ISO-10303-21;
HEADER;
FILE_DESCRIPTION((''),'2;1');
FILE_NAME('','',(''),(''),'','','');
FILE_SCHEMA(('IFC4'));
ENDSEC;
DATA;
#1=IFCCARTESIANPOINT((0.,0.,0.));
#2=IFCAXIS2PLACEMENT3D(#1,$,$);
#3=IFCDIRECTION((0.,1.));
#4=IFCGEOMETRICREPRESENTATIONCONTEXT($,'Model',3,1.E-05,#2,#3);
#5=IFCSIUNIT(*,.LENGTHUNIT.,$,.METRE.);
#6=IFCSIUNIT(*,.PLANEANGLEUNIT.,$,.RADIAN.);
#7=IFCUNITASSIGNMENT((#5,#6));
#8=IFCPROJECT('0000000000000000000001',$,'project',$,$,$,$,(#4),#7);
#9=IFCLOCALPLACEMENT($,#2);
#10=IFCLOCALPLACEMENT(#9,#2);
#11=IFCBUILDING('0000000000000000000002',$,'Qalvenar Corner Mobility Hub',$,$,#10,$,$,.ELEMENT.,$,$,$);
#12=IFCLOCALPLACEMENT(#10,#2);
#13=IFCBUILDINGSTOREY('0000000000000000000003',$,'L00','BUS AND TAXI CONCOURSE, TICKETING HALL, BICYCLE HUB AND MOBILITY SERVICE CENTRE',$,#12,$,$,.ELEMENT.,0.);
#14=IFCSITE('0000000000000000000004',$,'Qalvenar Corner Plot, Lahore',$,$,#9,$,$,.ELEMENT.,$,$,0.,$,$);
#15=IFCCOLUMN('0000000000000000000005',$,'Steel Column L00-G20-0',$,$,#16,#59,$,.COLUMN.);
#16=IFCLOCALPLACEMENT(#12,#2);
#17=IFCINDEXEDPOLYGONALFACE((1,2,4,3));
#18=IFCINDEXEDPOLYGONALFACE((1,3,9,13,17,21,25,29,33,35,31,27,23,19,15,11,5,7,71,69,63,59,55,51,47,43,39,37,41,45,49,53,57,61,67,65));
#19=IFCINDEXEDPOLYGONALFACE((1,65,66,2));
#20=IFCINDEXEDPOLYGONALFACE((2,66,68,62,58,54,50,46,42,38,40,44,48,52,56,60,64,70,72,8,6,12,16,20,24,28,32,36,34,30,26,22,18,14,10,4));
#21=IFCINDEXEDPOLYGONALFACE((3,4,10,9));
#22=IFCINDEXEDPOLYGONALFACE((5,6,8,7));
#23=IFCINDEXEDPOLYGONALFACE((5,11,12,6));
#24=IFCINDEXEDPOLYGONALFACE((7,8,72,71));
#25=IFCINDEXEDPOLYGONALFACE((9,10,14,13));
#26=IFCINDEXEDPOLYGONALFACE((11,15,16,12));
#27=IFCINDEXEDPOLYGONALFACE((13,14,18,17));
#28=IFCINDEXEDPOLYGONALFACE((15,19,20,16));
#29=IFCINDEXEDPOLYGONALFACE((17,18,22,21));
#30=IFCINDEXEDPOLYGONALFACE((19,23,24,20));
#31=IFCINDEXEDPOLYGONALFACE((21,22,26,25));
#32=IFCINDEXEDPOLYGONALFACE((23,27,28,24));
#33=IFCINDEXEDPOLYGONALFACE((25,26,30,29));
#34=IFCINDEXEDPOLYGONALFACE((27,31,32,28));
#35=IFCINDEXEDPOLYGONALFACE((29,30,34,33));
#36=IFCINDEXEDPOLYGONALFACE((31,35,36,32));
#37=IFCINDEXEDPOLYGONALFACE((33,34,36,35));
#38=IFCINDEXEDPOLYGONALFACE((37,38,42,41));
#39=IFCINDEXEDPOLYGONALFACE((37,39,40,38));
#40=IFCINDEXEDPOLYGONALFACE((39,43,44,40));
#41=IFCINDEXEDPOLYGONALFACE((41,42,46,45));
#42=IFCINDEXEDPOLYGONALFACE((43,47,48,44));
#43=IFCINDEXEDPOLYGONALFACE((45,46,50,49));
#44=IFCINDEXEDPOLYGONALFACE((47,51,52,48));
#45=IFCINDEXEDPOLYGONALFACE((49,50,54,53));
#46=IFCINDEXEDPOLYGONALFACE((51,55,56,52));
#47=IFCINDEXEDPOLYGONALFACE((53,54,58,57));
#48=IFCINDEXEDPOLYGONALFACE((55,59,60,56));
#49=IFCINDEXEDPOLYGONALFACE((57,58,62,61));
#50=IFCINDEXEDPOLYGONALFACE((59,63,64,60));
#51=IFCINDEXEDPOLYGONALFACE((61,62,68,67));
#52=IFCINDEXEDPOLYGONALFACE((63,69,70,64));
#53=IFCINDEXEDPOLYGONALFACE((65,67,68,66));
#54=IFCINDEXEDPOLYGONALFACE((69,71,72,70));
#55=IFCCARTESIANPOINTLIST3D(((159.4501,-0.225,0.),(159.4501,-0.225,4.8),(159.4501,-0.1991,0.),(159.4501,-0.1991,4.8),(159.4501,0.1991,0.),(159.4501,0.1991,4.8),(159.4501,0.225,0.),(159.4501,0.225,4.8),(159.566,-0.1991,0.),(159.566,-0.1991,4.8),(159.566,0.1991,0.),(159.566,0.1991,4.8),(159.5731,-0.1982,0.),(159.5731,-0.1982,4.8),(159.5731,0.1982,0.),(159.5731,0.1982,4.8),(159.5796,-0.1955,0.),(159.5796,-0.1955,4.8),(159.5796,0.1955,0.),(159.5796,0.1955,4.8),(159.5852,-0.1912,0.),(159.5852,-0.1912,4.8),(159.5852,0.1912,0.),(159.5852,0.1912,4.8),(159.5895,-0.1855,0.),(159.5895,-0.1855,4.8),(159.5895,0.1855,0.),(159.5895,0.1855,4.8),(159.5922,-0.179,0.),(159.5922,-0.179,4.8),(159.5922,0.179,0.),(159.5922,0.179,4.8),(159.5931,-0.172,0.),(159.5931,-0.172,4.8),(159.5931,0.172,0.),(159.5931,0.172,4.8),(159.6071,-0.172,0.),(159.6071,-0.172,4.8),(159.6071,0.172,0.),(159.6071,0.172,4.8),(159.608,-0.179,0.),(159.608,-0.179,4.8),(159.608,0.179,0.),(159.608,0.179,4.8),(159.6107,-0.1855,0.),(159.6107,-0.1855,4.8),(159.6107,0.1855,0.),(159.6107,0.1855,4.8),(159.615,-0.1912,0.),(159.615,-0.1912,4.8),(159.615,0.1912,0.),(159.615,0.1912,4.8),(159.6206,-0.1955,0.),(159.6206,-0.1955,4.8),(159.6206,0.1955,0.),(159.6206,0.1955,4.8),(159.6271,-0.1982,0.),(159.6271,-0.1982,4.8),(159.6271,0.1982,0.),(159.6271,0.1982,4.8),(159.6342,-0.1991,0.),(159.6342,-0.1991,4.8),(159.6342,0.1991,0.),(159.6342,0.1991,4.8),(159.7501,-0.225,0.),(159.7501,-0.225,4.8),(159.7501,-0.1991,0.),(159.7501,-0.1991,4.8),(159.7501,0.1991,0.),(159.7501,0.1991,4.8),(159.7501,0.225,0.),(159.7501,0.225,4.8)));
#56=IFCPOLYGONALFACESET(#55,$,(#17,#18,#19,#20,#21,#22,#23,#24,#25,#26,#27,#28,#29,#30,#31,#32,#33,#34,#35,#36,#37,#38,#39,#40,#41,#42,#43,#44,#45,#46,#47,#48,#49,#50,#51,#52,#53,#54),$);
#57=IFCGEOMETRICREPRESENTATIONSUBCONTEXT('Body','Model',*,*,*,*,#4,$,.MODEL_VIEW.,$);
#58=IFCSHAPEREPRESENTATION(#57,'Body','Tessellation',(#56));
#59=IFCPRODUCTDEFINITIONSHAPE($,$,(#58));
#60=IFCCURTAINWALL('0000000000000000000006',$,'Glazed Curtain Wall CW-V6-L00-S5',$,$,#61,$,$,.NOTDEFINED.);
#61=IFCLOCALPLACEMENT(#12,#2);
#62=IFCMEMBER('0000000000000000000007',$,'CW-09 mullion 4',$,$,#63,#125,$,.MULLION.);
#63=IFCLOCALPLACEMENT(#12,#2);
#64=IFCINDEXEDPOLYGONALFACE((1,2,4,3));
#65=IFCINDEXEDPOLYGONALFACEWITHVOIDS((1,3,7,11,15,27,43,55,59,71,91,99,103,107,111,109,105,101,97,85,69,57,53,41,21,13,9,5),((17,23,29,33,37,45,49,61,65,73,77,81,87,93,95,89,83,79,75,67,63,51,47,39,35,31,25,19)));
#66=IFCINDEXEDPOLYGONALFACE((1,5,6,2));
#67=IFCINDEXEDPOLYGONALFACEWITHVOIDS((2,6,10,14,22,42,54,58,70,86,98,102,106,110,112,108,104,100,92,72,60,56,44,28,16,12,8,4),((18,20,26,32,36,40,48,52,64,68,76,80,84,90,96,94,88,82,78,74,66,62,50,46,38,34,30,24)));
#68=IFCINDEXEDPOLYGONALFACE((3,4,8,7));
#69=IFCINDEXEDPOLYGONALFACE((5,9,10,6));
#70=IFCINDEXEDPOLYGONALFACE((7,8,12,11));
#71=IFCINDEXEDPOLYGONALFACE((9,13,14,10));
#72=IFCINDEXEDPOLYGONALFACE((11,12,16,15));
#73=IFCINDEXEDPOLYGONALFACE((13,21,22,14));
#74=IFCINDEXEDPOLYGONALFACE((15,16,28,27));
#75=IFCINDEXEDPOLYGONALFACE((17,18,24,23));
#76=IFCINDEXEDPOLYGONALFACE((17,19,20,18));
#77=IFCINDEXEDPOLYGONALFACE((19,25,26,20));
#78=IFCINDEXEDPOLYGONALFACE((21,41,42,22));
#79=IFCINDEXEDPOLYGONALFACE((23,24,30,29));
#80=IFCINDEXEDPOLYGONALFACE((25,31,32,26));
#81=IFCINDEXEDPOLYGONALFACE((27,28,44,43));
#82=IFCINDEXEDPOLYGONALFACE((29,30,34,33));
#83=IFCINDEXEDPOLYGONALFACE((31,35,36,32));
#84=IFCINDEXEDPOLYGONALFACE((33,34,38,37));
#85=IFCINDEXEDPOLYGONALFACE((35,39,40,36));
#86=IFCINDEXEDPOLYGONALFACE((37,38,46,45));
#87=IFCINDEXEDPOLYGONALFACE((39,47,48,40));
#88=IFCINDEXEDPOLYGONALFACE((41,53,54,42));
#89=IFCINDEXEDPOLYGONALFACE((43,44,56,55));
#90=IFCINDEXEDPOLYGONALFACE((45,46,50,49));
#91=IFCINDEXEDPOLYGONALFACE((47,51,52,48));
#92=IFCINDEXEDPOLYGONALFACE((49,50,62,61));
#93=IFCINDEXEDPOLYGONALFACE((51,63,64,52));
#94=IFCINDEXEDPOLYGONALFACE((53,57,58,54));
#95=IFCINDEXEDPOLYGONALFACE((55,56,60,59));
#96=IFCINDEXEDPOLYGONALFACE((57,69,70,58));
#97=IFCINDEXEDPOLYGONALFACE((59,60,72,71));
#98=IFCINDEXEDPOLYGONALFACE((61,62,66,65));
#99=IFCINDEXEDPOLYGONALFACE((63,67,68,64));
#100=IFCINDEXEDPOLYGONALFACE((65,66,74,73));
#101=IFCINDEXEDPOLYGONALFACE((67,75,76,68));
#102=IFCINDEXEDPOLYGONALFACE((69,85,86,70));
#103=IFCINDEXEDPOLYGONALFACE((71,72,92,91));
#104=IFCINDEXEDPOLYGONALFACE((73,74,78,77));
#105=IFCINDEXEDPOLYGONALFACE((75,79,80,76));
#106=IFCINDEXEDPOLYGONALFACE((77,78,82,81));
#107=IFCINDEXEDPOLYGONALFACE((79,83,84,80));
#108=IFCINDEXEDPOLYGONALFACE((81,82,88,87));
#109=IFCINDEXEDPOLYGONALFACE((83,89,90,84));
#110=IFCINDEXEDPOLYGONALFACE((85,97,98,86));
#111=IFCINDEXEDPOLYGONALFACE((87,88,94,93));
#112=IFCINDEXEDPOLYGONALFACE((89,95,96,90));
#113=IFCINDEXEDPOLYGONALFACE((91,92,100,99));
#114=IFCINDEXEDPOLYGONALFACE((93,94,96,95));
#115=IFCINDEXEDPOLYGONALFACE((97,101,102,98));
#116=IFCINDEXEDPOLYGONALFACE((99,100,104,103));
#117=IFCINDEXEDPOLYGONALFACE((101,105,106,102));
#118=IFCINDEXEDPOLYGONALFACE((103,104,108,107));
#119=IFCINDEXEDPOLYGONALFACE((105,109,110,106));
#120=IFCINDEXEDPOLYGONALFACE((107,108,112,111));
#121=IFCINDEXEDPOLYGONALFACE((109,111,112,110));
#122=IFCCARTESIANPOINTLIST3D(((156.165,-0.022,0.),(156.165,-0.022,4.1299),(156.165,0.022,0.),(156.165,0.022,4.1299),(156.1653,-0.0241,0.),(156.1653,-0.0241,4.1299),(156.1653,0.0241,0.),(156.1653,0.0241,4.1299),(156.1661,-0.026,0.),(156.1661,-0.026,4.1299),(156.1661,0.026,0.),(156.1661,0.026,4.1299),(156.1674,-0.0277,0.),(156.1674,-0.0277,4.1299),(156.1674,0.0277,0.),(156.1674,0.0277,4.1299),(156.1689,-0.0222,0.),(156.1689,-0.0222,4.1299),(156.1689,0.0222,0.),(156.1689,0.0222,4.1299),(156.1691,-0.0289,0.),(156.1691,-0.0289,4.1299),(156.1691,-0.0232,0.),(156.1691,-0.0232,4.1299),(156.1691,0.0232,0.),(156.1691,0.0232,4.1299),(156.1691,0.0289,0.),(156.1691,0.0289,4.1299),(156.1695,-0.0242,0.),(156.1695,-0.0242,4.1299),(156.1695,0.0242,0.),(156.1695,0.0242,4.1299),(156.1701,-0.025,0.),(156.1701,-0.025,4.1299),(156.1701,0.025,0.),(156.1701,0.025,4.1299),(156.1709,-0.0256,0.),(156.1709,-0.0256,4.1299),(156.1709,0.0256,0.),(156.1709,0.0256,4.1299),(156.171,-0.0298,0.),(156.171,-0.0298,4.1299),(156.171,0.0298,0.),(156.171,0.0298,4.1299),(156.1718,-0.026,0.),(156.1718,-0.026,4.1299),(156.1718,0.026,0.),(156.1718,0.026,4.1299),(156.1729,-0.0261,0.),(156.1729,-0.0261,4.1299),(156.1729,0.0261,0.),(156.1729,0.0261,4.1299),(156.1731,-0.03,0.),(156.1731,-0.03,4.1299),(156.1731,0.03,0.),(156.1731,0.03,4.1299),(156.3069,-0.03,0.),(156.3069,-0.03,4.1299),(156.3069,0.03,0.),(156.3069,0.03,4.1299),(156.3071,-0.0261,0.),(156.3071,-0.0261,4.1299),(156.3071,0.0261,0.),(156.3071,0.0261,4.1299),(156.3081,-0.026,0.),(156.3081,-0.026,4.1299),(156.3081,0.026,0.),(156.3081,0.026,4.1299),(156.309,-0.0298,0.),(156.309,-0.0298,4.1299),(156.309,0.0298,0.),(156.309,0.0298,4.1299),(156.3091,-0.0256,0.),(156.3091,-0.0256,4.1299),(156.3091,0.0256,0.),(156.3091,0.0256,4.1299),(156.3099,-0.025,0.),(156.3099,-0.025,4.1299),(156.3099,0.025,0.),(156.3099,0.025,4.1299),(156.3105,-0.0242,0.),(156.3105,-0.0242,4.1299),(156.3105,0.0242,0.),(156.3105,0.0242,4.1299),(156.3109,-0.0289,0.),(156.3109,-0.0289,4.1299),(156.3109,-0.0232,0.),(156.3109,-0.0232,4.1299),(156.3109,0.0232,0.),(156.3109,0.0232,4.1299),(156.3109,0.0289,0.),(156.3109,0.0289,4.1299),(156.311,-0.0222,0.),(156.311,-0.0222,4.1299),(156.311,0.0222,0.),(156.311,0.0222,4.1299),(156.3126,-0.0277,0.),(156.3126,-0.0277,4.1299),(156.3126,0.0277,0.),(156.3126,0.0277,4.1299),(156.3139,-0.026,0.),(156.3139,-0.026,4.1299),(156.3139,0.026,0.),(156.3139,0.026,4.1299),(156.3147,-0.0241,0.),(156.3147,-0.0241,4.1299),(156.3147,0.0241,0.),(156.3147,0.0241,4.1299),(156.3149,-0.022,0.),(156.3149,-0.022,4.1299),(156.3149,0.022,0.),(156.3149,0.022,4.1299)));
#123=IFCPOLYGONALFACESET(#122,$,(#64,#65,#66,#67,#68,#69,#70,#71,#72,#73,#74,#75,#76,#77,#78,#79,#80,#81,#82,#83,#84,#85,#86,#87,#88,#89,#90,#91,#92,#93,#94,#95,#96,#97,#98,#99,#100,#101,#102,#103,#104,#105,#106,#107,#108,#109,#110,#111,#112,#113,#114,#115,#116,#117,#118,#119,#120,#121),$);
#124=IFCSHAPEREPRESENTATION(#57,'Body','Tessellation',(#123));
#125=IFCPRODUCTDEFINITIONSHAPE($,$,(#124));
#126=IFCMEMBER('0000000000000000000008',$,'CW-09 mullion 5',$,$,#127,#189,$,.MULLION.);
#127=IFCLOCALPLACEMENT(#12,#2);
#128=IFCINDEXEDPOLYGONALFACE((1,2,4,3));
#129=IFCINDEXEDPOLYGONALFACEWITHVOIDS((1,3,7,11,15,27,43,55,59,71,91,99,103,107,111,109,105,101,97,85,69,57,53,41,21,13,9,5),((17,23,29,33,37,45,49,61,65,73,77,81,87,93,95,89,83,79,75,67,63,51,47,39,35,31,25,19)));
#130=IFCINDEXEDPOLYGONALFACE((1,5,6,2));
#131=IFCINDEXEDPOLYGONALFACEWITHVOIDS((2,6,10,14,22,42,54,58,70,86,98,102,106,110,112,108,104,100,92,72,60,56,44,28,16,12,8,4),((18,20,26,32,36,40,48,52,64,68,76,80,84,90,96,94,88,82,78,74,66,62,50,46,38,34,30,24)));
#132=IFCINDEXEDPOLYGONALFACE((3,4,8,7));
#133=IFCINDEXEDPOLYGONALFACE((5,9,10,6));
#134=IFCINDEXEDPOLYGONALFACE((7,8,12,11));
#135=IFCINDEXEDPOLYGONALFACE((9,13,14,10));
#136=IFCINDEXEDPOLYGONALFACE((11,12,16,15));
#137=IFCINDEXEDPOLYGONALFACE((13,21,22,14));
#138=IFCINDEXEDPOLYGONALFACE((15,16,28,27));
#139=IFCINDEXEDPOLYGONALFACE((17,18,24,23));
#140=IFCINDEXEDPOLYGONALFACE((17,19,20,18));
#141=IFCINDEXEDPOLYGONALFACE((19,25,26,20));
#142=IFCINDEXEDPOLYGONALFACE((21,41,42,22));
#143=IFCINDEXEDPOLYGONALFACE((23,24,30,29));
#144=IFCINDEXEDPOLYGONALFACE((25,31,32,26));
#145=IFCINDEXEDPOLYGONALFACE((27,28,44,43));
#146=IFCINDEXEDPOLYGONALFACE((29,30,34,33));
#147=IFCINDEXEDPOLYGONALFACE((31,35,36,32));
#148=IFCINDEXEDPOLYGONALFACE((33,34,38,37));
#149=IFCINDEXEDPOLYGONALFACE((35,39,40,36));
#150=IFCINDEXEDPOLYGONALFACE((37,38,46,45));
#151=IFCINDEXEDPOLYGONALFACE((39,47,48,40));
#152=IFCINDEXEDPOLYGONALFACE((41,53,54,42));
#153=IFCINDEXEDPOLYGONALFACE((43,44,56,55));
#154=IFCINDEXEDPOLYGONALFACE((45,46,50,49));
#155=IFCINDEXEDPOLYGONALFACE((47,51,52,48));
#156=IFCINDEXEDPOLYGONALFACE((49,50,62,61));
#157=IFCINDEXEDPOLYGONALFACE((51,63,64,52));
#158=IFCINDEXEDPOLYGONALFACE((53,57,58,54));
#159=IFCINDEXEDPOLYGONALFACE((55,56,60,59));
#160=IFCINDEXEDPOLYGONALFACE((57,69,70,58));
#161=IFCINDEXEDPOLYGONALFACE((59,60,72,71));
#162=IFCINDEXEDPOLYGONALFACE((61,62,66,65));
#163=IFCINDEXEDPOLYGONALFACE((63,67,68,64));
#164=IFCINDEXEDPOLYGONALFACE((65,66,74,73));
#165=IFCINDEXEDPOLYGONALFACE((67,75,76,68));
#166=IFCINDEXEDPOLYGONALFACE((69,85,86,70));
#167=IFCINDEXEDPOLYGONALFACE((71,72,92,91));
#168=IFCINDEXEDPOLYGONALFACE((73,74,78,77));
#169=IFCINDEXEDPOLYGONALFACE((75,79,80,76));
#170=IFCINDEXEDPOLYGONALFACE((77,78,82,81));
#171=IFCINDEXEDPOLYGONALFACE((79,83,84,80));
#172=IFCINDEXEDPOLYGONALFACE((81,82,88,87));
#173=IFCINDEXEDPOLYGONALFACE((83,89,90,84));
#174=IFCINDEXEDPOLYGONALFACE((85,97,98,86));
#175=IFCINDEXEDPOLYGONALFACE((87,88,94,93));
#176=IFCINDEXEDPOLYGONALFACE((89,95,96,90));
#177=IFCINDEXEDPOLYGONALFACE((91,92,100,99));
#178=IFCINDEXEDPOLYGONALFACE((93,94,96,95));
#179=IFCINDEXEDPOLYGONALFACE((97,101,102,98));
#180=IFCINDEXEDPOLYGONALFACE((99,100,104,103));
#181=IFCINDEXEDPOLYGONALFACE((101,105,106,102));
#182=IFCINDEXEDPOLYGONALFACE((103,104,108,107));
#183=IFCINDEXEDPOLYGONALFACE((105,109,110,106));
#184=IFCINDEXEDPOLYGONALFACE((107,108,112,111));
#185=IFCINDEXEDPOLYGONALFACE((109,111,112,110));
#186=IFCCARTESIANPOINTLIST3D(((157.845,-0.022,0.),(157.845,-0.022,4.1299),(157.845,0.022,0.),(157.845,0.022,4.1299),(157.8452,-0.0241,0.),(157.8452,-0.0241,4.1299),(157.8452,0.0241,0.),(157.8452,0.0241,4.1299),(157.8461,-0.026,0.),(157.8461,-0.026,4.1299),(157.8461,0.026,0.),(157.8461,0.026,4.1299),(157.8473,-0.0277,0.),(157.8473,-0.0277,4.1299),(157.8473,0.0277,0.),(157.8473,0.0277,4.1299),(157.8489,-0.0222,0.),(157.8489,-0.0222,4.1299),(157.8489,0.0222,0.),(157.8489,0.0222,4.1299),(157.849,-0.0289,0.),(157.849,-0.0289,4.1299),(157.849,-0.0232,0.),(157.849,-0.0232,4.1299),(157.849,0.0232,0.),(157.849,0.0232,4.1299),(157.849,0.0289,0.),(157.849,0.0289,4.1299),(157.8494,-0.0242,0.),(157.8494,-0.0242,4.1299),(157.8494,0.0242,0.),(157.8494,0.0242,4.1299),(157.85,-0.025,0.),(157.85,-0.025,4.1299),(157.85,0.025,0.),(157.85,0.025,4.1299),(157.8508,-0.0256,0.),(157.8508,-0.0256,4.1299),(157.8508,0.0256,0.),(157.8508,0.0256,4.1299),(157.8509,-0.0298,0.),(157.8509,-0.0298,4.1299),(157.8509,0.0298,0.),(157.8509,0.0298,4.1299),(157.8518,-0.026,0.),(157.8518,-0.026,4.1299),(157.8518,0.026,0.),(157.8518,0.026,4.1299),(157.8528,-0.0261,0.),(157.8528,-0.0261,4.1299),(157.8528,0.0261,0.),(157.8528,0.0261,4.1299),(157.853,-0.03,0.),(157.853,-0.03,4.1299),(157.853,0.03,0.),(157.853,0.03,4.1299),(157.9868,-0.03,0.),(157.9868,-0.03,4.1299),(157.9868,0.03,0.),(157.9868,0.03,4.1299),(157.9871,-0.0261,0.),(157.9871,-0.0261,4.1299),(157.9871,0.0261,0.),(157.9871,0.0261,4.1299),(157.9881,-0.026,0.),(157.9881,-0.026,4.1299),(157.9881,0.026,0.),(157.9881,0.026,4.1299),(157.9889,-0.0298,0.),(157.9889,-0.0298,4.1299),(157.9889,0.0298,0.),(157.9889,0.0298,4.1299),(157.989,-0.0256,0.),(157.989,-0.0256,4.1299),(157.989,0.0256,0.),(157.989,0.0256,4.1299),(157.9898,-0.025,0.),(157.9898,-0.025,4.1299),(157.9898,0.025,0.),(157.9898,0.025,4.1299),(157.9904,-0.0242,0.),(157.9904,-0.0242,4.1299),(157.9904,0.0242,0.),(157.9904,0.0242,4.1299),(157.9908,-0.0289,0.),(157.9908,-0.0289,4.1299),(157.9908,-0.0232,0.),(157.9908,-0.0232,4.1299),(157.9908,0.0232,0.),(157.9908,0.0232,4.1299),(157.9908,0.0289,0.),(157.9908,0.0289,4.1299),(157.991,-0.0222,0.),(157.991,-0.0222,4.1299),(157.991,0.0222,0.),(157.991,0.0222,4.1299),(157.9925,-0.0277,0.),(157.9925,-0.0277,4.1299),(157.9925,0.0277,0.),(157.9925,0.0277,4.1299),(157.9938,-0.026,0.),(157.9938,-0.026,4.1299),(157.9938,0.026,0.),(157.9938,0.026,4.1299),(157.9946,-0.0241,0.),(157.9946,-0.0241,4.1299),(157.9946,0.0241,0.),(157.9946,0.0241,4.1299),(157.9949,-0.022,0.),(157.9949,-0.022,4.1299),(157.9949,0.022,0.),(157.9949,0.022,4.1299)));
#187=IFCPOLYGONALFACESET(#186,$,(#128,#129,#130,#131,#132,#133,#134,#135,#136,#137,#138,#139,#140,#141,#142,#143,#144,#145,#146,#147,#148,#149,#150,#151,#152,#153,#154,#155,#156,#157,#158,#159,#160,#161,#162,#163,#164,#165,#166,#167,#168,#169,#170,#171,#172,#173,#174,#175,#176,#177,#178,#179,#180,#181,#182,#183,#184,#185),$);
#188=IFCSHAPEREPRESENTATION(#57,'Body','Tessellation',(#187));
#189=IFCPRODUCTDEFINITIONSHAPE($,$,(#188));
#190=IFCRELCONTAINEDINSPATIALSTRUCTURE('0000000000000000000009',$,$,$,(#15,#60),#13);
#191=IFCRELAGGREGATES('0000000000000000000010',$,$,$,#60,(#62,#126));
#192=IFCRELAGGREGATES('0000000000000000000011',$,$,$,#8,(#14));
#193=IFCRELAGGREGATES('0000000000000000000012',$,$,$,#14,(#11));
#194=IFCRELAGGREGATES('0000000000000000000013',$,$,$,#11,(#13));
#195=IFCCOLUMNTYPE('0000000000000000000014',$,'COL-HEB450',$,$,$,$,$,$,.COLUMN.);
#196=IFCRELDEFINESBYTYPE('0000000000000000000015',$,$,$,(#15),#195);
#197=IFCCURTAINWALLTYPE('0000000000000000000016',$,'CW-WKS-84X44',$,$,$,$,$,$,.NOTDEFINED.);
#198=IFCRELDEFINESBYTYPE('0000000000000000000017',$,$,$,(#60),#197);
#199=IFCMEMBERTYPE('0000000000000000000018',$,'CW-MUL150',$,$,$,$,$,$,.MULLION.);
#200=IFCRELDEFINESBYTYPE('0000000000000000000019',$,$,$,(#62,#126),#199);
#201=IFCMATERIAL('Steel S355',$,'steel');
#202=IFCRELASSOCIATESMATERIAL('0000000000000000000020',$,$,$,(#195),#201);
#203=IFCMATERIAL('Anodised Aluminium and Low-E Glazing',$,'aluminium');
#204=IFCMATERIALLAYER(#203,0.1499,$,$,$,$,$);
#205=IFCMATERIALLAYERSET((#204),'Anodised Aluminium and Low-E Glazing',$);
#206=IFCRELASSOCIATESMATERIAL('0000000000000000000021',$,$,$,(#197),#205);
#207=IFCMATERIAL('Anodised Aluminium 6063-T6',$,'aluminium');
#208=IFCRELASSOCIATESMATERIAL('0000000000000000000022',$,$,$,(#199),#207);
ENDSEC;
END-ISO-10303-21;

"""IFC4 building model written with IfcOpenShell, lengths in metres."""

from ifc_helpers import new_model, si_unit, direction, frame, origin, origin_2d, place, context, subcontext, project, spatial, hollow_rectangle, i_section, extrude, material, layer, layer_set, material_profile, profile_set, type_object, element, aggregate, save


model = new_model("IFC4")

# Units and contexts
model_context = context("Model", 3, precision=1e-05, world=origin(), true_north=direction((0.0, 1.0)))
body_context = subcontext(model_context, "Body", "Model", "MODEL_VIEW")
ifc_project = project(units=[si_unit("LENGTHUNIT", "METRE"), si_unit("PLANEANGLEUNIT", "RADIAN")], contexts=[model_context])

# Site, building, storey
site_placement = place(None, origin())
site = spatial("IfcSite", under=ifc_project, at=site_placement, Name="Qalvenar Corner Plot, Lahore", CompositionType="ELEMENT", RefElevation=0.0)
building_placement = place(site_placement, origin())
building = spatial("IfcBuilding", under=site, at=building_placement, Name="Qalvenar Corner Mobility Hub", CompositionType="ELEMENT")
storey_placement = place(building_placement, origin())
storey = spatial("IfcBuildingStorey", under=building, at=storey_placement, Name="L00", Description="BUS AND TAXI CONCOURSE, TICKETING HALL, BICYCLE HUB AND MOBILITY SERVICE CENTRE", CompositionType="ELEMENT", Elevation=0.0)

# Column
ifc_material_1 = material(Name="Steel S355", Category="steel")
ifc_material_profile_1 = material_profile(ifc_material_1, i_section(OverallWidth=0.3, OverallDepth=0.45, WebThickness=0.0139, FlangeThickness=0.0259, FilletRadius=0.0271, at=origin_2d()), Name="HEB450")
ifc_profile_set_1 = profile_set([ifc_material_profile_1], Name="Steel S355")
column_type = type_object("IfcColumnType", Name="COL-HEB450", PredefinedType="COLUMN", material=ifc_profile_set_1)
column_placement = place(storey_placement, frame((159.6001, 0.0, 0.0), z_axis=(0.0, 0.0, 1.0), x_axis=(1.0, 0.0, 0.0)))
element("IfcColumn", 1, at=column_placement, inside=storey, type_object=column_type, Name="Steel Column L00-G20-0", PredefinedType="COLUMN", context=body_context, shape_type="SweptSolid", body=[
    extrude(i_section(OverallWidth=0.3, OverallDepth=0.45, WebThickness=0.0139, FlangeThickness=0.0259, FilletRadius=0.0271, at=origin_2d()), origin(), (0.0, 0.0, 1.0), 4.8),
])

# Curtain wall, members
ifc_material_2 = material(Name="Anodised Aluminium and Low-E Glazing", Category="aluminium")
ifc_layer_1 = layer(ifc_material_2, 0.1499)
ifc_layer_set_1 = layer_set([ifc_layer_1], Name="Anodised Aluminium and Low-E Glazing")
curtain_wall_type = type_object("IfcCurtainWallType", Name="CW-WKS-84X44", PredefinedType="NOTDEFINED", material=ifc_layer_set_1)
curtain_wall_placement = place(storey_placement, origin())
curtain_wall = element("IfcCurtainWall", 2, at=curtain_wall_placement, inside=storey, type_object=curtain_wall_type, Name="Glazed Curtain Wall CW-V6-L00-S5", PredefinedType="NOTDEFINED")
ifc_material_3 = material(Name="Anodised Aluminium 6063-T6", Category="aluminium")
ifc_material_profile_2 = material_profile(ifc_material_3, hollow_rectangle(XDim=0.0601, YDim=0.1499, WallThickness=0.0039, InnerFilletRadius=0.0039, OuterFilletRadius=0.0081, at=origin_2d()), Name="RHS150x60x4")
ifc_profile_set_2 = profile_set([ifc_material_profile_2], Name="Anodised Aluminium 6063-T6")
member_type_1 = type_object("IfcMemberType", Name="CW-MUL150", PredefinedType="MULLION", material=ifc_profile_set_2)
member_1_placement = place(storey_placement, frame((156.24, 0.0, 0.0), z_axis=(0.0, 0.0, 1.0), x_axis=(0.0, 1.0, 0.0)))
member_1 = element("IfcMember", 3, at=member_1_placement, type_object=member_type_1, Name="CW-09 mullion 4", PredefinedType="MULLION", context=body_context, shape_type="SweptSolid", body=[
    extrude(hollow_rectangle(XDim=0.0601, YDim=0.1499, WallThickness=0.0039, InnerFilletRadius=0.0039, OuterFilletRadius=0.0081, at=origin_2d()), origin(), (0.0, 0.0, 1.0), 4.1299),
])
member_2_placement = place(storey_placement, frame((157.9199, 0.0, 0.0), z_axis=(0.0, 0.0, 1.0), x_axis=(0.0, 1.0, 0.0)))
member_2 = element("IfcMember", 4, at=member_2_placement, type_object=member_type_1, Name="CW-09 mullion 5", PredefinedType="MULLION", context=body_context, shape_type="SweptSolid", body=[
    extrude(hollow_rectangle(XDim=0.0601, YDim=0.1499, WallThickness=0.0039, InnerFilletRadius=0.0039, OuterFilletRadius=0.0081, at=origin_2d()), origin(), (0.0, 0.0, 1.0), 4.1299),
])
aggregate(curtain_wall, [member_1, member_2])

save(model, "model.ifc")
